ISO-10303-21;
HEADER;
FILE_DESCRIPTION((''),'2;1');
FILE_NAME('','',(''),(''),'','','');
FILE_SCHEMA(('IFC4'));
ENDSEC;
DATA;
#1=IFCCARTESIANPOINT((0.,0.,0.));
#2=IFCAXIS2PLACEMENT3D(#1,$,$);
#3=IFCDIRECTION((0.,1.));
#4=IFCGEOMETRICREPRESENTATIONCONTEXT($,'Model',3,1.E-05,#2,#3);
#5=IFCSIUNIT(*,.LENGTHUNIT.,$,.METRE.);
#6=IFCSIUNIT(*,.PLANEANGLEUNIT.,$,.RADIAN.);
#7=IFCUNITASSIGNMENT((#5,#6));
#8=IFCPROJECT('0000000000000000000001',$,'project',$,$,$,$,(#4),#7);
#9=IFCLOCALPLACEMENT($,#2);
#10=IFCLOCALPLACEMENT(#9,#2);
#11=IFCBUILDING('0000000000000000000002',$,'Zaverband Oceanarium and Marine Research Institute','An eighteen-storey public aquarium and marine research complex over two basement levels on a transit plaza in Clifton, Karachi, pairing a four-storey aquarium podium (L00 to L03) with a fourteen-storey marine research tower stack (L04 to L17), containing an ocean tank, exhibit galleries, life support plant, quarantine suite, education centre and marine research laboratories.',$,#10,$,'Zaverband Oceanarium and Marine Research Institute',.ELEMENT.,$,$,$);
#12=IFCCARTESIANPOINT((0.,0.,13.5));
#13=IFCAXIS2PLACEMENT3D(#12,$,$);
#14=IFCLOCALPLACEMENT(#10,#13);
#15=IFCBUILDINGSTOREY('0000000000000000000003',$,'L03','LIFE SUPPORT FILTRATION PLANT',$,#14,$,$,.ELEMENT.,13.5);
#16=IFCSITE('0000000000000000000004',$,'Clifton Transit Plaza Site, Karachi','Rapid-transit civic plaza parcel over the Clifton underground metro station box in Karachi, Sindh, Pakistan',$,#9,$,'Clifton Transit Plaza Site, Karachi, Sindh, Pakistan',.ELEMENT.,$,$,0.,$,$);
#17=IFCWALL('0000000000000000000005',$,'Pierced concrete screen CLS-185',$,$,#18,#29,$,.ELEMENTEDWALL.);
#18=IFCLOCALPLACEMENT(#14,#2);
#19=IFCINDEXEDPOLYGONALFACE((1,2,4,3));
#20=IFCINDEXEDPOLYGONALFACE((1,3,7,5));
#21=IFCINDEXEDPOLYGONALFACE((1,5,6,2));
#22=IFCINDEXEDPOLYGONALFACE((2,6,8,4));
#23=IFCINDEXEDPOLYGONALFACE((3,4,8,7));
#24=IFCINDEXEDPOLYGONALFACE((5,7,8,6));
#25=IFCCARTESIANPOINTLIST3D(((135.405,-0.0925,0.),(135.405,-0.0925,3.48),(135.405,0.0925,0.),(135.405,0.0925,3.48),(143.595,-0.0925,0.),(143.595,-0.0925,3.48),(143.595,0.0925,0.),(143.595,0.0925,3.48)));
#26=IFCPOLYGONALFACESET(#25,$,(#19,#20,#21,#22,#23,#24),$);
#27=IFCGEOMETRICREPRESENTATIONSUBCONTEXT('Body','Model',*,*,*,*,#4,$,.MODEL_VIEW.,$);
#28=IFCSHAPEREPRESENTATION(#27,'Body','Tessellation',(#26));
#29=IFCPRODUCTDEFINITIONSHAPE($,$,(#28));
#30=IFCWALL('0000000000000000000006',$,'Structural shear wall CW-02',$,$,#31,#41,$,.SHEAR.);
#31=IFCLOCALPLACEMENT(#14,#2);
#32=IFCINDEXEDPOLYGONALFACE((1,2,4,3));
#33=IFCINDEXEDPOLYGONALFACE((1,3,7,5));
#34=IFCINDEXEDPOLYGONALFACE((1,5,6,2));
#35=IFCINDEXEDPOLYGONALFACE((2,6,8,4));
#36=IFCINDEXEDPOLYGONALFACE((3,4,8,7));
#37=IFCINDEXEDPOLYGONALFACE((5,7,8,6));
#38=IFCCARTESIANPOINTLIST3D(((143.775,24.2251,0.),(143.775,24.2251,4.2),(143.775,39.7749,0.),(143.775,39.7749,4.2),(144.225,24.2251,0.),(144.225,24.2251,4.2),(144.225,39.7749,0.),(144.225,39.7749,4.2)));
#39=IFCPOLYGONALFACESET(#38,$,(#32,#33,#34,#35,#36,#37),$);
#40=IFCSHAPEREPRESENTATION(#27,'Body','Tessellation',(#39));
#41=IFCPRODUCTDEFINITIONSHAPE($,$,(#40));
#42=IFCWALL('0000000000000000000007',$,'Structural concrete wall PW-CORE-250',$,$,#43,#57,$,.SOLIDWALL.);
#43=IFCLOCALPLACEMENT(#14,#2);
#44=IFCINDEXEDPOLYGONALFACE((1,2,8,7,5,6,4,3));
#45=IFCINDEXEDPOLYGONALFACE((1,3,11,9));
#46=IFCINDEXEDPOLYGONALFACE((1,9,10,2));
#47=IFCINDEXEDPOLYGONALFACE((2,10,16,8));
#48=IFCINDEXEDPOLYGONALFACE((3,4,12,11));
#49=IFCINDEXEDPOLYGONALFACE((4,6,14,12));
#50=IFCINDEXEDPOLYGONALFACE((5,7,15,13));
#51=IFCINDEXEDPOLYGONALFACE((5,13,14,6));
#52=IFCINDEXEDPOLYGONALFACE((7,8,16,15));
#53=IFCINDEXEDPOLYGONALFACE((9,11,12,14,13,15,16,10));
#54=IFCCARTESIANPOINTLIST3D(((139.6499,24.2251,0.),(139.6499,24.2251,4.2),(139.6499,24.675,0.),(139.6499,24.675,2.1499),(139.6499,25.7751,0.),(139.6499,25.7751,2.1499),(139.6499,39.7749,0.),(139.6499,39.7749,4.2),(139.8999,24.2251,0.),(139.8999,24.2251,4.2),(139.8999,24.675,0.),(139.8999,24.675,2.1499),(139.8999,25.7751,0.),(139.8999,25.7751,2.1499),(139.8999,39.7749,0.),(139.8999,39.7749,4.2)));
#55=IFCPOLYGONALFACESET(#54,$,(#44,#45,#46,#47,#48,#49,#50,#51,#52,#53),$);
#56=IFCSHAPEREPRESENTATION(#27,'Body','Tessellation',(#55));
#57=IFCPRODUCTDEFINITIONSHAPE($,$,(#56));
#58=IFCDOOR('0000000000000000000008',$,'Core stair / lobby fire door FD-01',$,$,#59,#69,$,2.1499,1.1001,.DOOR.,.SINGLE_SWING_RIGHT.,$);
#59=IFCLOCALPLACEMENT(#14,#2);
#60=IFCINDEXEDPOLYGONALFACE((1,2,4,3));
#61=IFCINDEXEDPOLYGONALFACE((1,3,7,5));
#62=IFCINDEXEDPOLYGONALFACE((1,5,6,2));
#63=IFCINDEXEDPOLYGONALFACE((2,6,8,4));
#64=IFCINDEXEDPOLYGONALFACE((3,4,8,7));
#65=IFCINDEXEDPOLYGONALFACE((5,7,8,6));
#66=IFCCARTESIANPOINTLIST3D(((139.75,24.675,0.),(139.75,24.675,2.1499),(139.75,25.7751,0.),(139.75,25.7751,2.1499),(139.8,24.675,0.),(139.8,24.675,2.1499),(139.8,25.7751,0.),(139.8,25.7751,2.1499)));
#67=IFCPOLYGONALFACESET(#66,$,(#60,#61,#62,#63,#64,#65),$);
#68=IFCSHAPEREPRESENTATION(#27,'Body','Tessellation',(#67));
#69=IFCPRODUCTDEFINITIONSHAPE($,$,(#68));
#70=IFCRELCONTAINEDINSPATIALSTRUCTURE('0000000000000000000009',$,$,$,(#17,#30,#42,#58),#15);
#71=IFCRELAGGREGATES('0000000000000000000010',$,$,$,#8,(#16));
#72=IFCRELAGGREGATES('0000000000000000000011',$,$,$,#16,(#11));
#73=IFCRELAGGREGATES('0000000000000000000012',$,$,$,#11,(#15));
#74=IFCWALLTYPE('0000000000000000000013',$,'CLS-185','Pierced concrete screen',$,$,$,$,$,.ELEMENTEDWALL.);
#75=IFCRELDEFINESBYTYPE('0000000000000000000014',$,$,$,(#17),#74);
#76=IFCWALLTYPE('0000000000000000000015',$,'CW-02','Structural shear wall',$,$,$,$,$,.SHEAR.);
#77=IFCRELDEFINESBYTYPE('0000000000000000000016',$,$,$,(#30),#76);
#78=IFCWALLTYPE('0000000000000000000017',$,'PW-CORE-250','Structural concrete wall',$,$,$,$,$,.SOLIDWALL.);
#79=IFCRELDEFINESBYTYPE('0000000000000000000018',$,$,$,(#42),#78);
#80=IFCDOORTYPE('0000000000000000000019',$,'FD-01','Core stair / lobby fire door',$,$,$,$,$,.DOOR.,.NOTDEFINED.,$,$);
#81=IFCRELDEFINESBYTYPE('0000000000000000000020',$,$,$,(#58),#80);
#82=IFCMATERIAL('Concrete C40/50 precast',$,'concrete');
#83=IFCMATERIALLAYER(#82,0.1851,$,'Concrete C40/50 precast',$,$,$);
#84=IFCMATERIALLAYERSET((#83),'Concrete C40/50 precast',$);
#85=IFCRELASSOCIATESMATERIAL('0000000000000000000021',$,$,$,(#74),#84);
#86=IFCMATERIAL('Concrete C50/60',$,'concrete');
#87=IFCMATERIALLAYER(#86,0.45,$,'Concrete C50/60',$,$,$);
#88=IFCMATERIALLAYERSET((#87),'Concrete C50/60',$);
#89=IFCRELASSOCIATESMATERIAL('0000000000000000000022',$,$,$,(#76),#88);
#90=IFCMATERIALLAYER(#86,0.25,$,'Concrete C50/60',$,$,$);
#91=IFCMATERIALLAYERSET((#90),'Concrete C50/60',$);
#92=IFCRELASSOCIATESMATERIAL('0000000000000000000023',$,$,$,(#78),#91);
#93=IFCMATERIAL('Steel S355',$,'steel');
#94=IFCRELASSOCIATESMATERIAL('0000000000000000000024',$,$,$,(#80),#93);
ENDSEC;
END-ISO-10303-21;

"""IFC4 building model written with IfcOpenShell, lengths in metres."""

from ifc_helpers import new_model, si_unit, direction, frame, frame_2d, origin, place, context, subcontext, project, spatial, rectangle, extrude, material, layer, layer_set, type_object, element, fill, save


model = new_model("IFC4")

# Units and contexts
model_context = context("Model", 3, precision=1e-05, world=origin(), true_north=direction((0.0, 1.0)))
body_context = subcontext(model_context, "Body", "Model", "MODEL_VIEW")
ifc_project = project(units=[si_unit("LENGTHUNIT", "METRE"), si_unit("PLANEANGLEUNIT", "RADIAN")], contexts=[model_context])

# Site, building, storey
site_placement = place(None, origin())
site = spatial("IfcSite", under=ifc_project, at=site_placement, Name="Clifton Transit Plaza Site, Karachi", Description="Rapid-transit civic plaza parcel over the Clifton underground metro station box in Karachi, Sindh, Pakistan", LongName="Clifton Transit Plaza Site, Karachi, Sindh, Pakistan", CompositionType="ELEMENT", RefElevation=0.0)
building_placement = place(site_placement, origin())
building = spatial("IfcBuilding", under=site, at=building_placement, Name="Zaverband Oceanarium and Marine Research Institute", Description="An eighteen-storey public aquarium and marine research complex over two basement levels on a transit plaza in Clifton, Karachi, pairing a four-storey aquarium podium (L00 to L03) with a fourteen-storey marine research tower stack (L04 to L17), containing an ocean tank, exhibit galleries, life support plant, quarantine suite, education centre and marine research laboratories.", LongName="Zaverband Oceanarium and Marine Research Institute", CompositionType="ELEMENT")
storey_placement = place(building_placement, frame((0.0, 0.0, 13.5)))
storey = spatial("IfcBuildingStorey", under=building, at=storey_placement, Name="L03", Description="LIFE SUPPORT FILTRATION PLANT", CompositionType="ELEMENT", Elevation=13.5)

# Shared definitions
ifc_material_1 = material(Name="Concrete C50/60", Category="concrete")

# Walls
ifc_material_2 = material(Name="Concrete C40/50 precast", Category="concrete")
ifc_layer_1 = layer(ifc_material_2, 0.1851, Name="Concrete C40/50 precast")
ifc_layer_set_1 = layer_set([ifc_layer_1], Name="Concrete C40/50 precast")
wall_type_1 = type_object("IfcWallType", Name="CLS-185", Description="Pierced concrete screen", PredefinedType="ELEMENTEDWALL", material=ifc_layer_set_1)
wall_1_placement = place(storey_placement, frame((135.405, 0.0, 0.0), z_axis=(0.0, 0.0, 1.0), x_axis=(1.0, 0.0, 0.0)))
element("IfcWall", 1, at=wall_1_placement, inside=storey, type_object=wall_type_1, Name="Pierced concrete screen CLS-185", PredefinedType="ELEMENTEDWALL", context=body_context, shape_type="SweptSolid", body=[
    extrude(rectangle(XDim=8.1899, YDim=0.1851, at=frame_2d((4.095, 0.0))), origin(), (0.0, 0.0, 1.0), 3.48),
])
ifc_layer_2 = layer(ifc_material_1, 0.45, Name="Concrete C50/60")
ifc_layer_set_2 = layer_set([ifc_layer_2], Name="Concrete C50/60")
wall_type_2 = type_object("IfcWallType", Name="CW-02", Description="Structural shear wall", PredefinedType="SHEAR", material=ifc_layer_set_2)
wall_2_placement = place(storey_placement, frame((144.0, 24.2251, 0.0), z_axis=(0.0, 0.0, 1.0), x_axis=(0.0, 1.0, 0.0)))
element("IfcWall", 2, at=wall_2_placement, inside=storey, type_object=wall_type_2, Name="Structural shear wall CW-02", PredefinedType="SHEAR", context=body_context, shape_type="SweptSolid", body=[
    extrude(rectangle(XDim=15.5498, YDim=0.45, at=frame_2d((7.7749, 0.0))), origin(), (0.0, 0.0, 1.0), 4.2),
])

# Wall, opening, door
ifc_layer_3 = layer(ifc_material_1, 0.25, Name="Concrete C50/60")
ifc_layer_set_3 = layer_set([ifc_layer_3], Name="Concrete C50/60")
wall_type_3 = type_object("IfcWallType", Name="PW-CORE-250", Description="Structural concrete wall", PredefinedType="SOLIDWALL", material=ifc_layer_set_3)
wall_3_placement = place(storey_placement, frame((139.7749, 24.2251, 0.0), z_axis=(0.0, 0.0, 1.0), x_axis=(0.0, 1.0, 0.0)))
wall_3 = element("IfcWall", 3, at=wall_3_placement, inside=storey, type_object=wall_type_3, Name="Structural concrete wall PW-CORE-250", PredefinedType="SOLIDWALL", context=body_context, shape_type="SweptSolid", body=[
    extrude(rectangle(XDim=15.5498, YDim=0.25, at=frame_2d((7.7749, 0.0))), origin(), (0.0, 0.0, 1.0), 4.2),
])
opening_placement = place(wall_3_placement, frame((0.45, 0.0, 0.0)))
opening = element("IfcOpeningElement", 4, at=opening_placement, cuts=wall_3, PredefinedType="OPENING", context=body_context, shape_type="SweptSolid", body=[
    extrude(rectangle(XDim=1.1001, YDim=2.1499, at=frame_2d((0.55, 1.075))), frame((0.0, 0.137, 0.0), z_axis=(0.0, -1.0, 0.0), x_axis=(1.0, 0.0, 0.0)), (0.0, 0.0, 1.0), 0.2739),
])
ifc_material_3 = material(Name="Steel S355", Category="steel")
door_type = type_object("IfcDoorType", Name="FD-01", Description="Core stair / lobby fire door", OperationType="NOTDEFINED", PredefinedType="DOOR", material=ifc_material_3)
door_placement = place(opening_placement, origin())
door = element("IfcDoor", 5, at=door_placement, inside=storey, type_object=door_type, Name="Core stair / lobby fire door FD-01", OperationType="SINGLE_SWING_RIGHT", OverallHeight=2.1499, OverallWidth=1.1001, PredefinedType="DOOR", context=body_context, shape_type="SweptSolid", body=[
    extrude(rectangle(XDim=1.1001, YDim=2.1499, at=frame_2d((0.55, 1.075))), frame((0.0, 0.0249, 0.0), z_axis=(0.0, -1.0, 0.0), x_axis=(1.0, 0.0, 0.0)), (0.0, 0.0, 1.0), 0.05),
])
fill(opening, door)

save(model, "model.ifc")
